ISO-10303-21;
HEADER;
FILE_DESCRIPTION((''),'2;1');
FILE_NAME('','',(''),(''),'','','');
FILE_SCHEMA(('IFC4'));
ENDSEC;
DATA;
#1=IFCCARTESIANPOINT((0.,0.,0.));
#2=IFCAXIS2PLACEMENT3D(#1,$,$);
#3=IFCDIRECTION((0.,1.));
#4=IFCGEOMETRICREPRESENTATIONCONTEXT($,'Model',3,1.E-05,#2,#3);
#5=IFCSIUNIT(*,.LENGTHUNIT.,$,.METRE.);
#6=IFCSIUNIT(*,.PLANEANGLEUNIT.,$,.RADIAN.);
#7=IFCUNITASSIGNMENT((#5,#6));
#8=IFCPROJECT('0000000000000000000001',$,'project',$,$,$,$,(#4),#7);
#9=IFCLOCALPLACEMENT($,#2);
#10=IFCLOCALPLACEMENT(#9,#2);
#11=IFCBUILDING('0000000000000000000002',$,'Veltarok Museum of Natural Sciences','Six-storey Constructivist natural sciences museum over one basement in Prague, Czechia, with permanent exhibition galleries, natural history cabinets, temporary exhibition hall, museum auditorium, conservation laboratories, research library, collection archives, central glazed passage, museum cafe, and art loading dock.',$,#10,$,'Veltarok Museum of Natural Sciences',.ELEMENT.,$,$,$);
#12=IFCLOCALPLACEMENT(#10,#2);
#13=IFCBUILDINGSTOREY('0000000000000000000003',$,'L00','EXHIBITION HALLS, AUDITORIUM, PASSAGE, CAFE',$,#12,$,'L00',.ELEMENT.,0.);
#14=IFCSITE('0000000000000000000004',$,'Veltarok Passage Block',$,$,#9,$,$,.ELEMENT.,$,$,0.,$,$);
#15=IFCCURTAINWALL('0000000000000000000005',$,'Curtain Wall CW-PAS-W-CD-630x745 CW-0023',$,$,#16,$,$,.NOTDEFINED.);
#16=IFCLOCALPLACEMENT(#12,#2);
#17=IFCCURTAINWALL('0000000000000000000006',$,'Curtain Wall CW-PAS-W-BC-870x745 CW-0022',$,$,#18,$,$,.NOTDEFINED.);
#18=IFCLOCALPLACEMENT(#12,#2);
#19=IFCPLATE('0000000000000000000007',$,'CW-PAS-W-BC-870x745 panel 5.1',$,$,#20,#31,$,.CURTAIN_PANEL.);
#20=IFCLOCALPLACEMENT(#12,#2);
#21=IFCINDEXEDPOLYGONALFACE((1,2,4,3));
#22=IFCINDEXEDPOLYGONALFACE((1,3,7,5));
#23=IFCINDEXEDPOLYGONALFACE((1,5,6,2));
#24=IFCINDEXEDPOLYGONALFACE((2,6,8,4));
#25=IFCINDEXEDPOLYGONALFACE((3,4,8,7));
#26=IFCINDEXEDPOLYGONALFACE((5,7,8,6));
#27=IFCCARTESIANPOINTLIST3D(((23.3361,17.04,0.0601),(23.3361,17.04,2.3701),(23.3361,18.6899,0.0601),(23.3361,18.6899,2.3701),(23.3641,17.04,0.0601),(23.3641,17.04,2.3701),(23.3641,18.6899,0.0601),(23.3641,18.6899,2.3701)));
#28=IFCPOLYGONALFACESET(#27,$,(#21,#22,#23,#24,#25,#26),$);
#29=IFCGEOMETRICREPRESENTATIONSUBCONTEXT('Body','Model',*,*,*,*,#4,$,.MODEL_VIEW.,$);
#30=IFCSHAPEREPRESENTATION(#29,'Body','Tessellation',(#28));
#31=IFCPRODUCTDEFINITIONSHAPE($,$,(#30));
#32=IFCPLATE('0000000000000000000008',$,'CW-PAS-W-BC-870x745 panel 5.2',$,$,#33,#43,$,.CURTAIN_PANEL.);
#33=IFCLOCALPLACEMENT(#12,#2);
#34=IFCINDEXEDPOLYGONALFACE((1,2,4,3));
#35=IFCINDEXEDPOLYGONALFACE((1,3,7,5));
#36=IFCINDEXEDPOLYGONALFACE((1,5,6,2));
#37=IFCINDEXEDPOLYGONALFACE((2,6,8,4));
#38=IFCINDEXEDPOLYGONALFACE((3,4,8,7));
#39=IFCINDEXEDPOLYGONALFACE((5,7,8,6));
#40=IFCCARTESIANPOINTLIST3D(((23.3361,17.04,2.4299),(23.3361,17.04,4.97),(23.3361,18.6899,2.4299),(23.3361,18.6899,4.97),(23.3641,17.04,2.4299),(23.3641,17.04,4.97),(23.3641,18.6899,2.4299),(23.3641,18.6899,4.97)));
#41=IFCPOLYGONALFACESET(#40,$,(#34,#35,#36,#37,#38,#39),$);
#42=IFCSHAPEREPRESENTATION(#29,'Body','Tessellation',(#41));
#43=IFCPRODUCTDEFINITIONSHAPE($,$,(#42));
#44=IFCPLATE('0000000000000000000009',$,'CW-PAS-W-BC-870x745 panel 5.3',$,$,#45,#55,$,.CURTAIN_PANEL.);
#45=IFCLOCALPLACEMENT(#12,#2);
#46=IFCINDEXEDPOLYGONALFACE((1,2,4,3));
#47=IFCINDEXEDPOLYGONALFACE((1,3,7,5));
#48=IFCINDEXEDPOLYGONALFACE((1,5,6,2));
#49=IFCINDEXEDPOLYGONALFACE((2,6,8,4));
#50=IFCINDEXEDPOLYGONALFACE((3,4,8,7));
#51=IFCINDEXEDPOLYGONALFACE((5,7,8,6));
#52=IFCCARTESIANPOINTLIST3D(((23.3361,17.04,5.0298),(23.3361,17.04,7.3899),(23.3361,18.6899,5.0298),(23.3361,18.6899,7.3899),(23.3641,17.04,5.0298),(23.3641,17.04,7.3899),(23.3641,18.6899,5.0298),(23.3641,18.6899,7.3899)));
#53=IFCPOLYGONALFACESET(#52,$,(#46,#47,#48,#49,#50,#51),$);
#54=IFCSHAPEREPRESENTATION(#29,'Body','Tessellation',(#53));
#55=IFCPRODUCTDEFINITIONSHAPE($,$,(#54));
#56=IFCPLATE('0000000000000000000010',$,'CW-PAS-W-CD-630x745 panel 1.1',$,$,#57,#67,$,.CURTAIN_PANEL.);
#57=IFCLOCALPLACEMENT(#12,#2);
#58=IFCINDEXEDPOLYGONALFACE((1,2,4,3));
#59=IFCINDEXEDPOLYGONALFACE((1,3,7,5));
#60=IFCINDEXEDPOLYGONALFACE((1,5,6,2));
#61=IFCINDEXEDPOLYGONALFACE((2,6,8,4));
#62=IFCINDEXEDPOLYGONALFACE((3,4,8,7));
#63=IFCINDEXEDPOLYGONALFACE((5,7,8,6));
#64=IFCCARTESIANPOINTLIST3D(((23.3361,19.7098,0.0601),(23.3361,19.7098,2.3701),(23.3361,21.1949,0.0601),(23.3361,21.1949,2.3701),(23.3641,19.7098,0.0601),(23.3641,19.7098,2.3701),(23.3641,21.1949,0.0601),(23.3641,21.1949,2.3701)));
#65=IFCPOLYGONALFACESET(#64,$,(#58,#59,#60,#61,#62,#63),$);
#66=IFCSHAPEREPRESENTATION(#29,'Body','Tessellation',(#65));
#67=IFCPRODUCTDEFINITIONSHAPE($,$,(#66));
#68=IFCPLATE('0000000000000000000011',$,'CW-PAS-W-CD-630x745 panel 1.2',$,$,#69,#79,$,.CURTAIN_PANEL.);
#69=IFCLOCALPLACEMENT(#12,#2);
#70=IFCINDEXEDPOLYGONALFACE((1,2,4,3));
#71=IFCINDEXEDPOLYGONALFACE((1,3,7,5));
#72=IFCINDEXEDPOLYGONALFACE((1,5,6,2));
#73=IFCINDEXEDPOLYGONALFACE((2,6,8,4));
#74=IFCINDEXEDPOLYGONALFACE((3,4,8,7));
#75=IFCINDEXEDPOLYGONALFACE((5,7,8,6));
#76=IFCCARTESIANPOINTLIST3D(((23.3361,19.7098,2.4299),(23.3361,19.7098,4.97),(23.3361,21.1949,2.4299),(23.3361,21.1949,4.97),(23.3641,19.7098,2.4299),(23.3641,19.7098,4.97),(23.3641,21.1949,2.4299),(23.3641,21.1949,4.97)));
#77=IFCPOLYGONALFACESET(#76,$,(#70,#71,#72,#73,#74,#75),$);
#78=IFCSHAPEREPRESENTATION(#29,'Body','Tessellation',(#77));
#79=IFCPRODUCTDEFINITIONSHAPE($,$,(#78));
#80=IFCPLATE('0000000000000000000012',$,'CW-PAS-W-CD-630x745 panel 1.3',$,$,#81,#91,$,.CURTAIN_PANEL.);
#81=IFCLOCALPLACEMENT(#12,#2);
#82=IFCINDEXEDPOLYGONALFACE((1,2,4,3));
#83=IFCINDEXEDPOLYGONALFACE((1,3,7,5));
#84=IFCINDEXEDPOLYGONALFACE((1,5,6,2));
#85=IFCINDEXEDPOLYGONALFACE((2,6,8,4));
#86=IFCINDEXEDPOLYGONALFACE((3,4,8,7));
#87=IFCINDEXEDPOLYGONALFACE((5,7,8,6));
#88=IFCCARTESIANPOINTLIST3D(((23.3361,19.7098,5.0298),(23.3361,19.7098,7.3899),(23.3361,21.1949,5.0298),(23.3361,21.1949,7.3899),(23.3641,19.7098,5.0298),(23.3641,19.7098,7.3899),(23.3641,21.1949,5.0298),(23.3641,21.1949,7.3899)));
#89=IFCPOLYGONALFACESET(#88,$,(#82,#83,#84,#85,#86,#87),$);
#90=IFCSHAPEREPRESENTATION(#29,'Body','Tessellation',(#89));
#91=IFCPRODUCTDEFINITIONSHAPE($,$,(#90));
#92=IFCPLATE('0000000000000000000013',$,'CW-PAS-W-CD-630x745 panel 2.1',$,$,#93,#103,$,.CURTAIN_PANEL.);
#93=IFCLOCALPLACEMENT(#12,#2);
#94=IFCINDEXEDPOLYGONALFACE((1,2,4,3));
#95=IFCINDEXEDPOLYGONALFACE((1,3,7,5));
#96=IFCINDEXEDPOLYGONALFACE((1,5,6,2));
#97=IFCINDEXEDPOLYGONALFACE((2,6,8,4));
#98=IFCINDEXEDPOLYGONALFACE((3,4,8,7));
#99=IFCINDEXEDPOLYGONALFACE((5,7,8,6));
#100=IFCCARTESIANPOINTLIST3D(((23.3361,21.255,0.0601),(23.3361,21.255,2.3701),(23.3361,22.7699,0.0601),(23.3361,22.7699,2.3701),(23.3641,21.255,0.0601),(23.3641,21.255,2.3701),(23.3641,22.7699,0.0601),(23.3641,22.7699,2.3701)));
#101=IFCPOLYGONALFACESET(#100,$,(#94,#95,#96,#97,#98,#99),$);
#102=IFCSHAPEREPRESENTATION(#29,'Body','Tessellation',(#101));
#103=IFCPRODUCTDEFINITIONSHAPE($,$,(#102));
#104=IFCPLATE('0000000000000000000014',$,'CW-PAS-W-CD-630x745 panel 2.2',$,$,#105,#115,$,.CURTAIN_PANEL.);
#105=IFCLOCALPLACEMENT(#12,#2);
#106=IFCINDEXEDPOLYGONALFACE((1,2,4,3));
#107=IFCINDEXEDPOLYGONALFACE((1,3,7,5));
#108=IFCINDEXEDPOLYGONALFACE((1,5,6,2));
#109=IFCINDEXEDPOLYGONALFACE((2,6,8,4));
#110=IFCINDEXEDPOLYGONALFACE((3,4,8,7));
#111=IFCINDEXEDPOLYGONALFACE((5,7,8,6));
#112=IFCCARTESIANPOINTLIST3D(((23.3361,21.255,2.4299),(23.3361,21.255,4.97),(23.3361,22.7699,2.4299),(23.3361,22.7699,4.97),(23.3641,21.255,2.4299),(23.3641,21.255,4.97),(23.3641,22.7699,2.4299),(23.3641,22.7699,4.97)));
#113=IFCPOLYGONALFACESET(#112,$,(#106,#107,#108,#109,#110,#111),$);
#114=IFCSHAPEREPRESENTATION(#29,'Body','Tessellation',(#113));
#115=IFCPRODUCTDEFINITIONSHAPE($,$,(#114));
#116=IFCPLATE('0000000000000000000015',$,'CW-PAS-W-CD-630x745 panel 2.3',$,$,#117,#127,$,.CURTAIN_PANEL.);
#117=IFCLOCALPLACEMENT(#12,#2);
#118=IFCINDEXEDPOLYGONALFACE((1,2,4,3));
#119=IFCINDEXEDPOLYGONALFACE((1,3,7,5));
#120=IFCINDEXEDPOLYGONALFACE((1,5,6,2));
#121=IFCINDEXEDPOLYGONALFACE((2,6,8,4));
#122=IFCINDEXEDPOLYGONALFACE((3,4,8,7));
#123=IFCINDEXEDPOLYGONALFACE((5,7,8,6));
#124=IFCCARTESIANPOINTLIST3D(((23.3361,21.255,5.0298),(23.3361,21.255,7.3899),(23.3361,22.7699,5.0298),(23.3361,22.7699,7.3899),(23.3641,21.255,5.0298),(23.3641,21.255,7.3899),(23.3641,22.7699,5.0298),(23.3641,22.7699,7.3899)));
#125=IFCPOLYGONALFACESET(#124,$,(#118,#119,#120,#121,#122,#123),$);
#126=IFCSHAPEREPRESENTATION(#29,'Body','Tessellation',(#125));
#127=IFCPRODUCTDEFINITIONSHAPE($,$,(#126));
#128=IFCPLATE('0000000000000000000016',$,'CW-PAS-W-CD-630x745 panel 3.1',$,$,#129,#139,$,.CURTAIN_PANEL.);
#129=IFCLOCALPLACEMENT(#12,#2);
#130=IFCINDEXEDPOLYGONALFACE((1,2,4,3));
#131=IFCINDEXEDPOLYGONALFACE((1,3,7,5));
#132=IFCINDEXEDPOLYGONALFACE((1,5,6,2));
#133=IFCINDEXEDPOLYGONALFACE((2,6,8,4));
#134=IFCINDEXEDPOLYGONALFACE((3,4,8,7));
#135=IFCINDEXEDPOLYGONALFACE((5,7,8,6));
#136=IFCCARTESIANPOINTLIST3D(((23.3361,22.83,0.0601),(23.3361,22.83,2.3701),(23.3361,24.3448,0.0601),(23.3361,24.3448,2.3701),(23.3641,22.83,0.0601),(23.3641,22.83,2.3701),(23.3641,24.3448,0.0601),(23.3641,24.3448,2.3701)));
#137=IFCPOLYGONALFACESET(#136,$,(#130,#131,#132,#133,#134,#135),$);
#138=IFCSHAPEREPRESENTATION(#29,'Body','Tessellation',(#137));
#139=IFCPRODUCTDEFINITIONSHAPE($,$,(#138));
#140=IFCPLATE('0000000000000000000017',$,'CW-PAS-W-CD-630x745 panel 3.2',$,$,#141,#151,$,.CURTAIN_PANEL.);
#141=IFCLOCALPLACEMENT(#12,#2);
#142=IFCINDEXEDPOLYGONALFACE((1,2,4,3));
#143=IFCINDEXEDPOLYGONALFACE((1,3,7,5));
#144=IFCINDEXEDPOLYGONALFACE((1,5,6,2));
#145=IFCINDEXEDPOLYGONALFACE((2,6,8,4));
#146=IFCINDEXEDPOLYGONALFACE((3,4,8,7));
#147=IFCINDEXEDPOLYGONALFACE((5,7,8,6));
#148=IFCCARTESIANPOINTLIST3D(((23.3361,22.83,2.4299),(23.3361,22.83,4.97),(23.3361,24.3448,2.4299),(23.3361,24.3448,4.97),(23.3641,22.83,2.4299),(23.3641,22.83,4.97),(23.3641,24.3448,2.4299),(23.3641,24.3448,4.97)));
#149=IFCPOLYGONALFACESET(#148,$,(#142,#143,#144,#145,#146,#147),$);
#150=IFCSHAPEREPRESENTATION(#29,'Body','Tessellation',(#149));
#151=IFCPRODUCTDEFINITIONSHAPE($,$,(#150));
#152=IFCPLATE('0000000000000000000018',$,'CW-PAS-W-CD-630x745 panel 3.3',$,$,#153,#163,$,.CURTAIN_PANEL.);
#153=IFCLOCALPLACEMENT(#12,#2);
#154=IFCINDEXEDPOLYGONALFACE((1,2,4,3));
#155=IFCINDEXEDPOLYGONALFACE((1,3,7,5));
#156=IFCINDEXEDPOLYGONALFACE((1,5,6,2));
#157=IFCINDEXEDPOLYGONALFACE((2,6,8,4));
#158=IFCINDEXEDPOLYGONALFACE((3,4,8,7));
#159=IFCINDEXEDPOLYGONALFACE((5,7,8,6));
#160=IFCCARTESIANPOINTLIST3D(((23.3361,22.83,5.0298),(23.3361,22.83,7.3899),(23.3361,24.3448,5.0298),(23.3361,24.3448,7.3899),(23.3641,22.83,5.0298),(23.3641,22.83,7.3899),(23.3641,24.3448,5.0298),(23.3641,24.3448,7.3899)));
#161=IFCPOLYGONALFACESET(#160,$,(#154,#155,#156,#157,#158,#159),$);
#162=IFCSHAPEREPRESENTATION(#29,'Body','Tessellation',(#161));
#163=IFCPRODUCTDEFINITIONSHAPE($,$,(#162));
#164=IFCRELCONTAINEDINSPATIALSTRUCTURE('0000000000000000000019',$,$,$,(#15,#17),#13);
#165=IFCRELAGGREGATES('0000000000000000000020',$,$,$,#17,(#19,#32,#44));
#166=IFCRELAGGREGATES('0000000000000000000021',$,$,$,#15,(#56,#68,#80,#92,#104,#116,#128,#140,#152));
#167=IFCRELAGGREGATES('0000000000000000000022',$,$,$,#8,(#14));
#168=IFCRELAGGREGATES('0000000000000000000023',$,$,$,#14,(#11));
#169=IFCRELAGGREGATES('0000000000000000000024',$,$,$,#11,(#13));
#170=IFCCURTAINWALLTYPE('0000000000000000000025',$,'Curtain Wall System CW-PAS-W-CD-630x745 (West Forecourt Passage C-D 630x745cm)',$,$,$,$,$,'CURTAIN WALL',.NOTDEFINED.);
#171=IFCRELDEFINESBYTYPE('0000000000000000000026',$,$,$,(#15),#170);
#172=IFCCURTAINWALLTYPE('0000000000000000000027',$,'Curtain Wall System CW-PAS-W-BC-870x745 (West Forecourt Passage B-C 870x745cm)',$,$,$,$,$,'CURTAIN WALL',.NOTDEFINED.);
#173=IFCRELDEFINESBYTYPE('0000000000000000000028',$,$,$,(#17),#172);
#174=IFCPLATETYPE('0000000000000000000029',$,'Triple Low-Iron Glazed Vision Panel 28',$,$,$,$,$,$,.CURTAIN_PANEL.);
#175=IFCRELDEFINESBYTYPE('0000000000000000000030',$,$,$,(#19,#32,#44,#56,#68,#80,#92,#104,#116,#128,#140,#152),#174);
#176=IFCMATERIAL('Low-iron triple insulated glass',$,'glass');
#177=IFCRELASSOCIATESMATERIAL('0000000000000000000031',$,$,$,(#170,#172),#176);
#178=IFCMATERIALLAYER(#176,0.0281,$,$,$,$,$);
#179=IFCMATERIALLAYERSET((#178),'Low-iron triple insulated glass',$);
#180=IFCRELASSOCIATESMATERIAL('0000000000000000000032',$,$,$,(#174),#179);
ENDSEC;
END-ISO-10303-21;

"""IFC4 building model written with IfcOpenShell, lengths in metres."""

from ifc_helpers import new_model, si_unit, direction, frame, origin, origin_2d, place, context, subcontext, project, spatial, rectangle, extrude, material, layer, layer_set, type_object, element, aggregate, save


model = new_model("IFC4")

# Units and contexts
model_context = context("Model", 3, precision=1e-05, world=origin(), true_north=direction((0.0, 1.0)))
body_context = subcontext(model_context, "Body", "Model", "MODEL_VIEW")
ifc_project = project(units=[si_unit("LENGTHUNIT", "METRE"), si_unit("PLANEANGLEUNIT", "RADIAN")], contexts=[model_context])

# Site, building, storey
site_placement = place(None, origin())
site = spatial("IfcSite", under=ifc_project, at=site_placement, Name="Veltarok Passage Block", CompositionType="ELEMENT", RefElevation=0.0)
building_placement = place(site_placement, origin())
building = spatial("IfcBuilding", under=site, at=building_placement, Name="Veltarok Museum of Natural Sciences", Description="Six-storey Constructivist natural sciences museum over one basement in Prague, Czechia, with permanent exhibition galleries, natural history cabinets, temporary exhibition hall, museum auditorium, conservation laboratories, research library, collection archives, central glazed passage, museum cafe, and art loading dock.", LongName="Veltarok Museum of Natural Sciences", CompositionType="ELEMENT")
storey_placement = place(building_placement, origin())
storey = spatial("IfcBuildingStorey", under=building, at=storey_placement, Name="L00", Description="EXHIBITION HALLS, AUDITORIUM, PASSAGE, CAFE", LongName="L00", CompositionType="ELEMENT", Elevation=0.0)

# Curtain wall
ifc_material_1 = material(Name="Low-iron triple insulated glass", Category="glass")
curtain_wall_type_1 = type_object("IfcCurtainWallType", Name="Curtain Wall System CW-PAS-W-CD-630x745 (West Forecourt Passage C-D 630x745cm)", ElementType="CURTAIN WALL", PredefinedType="NOTDEFINED", material=ifc_material_1)
curtain_wall_1_placement = place(storey_placement, origin())
curtain_wall_1 = element("IfcCurtainWall", 1, at=curtain_wall_1_placement, inside=storey, type_object=curtain_wall_type_1, Name="Curtain Wall CW-PAS-W-CD-630x745 CW-0023", PredefinedType="NOTDEFINED")

# Curtain wall
curtain_wall_type_2 = type_object("IfcCurtainWallType", Name="Curtain Wall System CW-PAS-W-BC-870x745 (West Forecourt Passage B-C 870x745cm)", ElementType="CURTAIN WALL", PredefinedType="NOTDEFINED", material=ifc_material_1)
curtain_wall_2_placement = place(storey_placement, origin())
curtain_wall_2 = element("IfcCurtainWall", 2, at=curtain_wall_2_placement, inside=storey, type_object=curtain_wall_type_2, Name="Curtain Wall CW-PAS-W-BC-870x745 CW-0022", PredefinedType="NOTDEFINED")

# Plates
ifc_layer = layer(ifc_material_1, 0.0281)
ifc_layer_set = layer_set([ifc_layer], Name="Low-iron triple insulated glass")
plate_type = type_object("IfcPlateType", Name="Triple Low-Iron Glazed Vision Panel 28", PredefinedType="CURTAIN_PANEL", material=ifc_layer_set)
plate_1_placement = place(storey_placement, frame((23.3501, 17.865, 0.0601), z_axis=(0.0, 0.0, 1.0), x_axis=(0.0, 1.0, 0.0)))
plate_1 = element("IfcPlate", 3, at=plate_1_placement, type_object=plate_type, Name="CW-PAS-W-BC-870x745 panel 5.1", PredefinedType="CURTAIN_PANEL", context=body_context, shape_type="SweptSolid", body=[
    extrude(rectangle(XDim=1.6499, YDim=0.0281, at=origin_2d()), origin(), (0.0, 0.0, 1.0), 2.3101),
])
plate_2_placement = place(storey_placement, frame((23.3501, 17.865, 2.4299), z_axis=(0.0, 0.0, 1.0), x_axis=(0.0, 1.0, 0.0)))
plate_2 = element("IfcPlate", 4, at=plate_2_placement, type_object=plate_type, Name="CW-PAS-W-BC-870x745 panel 5.2", PredefinedType="CURTAIN_PANEL", context=body_context, shape_type="SweptSolid", body=[
    extrude(rectangle(XDim=1.6499, YDim=0.0281, at=origin_2d()), origin(), (0.0, 0.0, 1.0), 2.54),
])
plate_3_placement = place(storey_placement, frame((23.3501, 17.865, 5.0298), z_axis=(0.0, 0.0, 1.0), x_axis=(0.0, 1.0, 0.0)))
plate_3 = element("IfcPlate", 5, at=plate_3_placement, type_object=plate_type, Name="CW-PAS-W-BC-870x745 panel 5.3", PredefinedType="CURTAIN_PANEL", context=body_context, shape_type="SweptSolid", body=[
    extrude(rectangle(XDim=1.6499, YDim=0.0281, at=origin_2d()), origin(), (0.0, 0.0, 1.0), 2.3601),
])
aggregate(curtain_wall_2, [plate_1, plate_2, plate_3])
plate_4_placement = place(storey_placement, frame((23.3501, 20.4524, 0.0601), z_axis=(0.0, 0.0, 1.0), x_axis=(0.0, 1.0, 0.0)))
plate_4 = element("IfcPlate", 6, at=plate_4_placement, type_object=plate_type, Name="CW-PAS-W-CD-630x745 panel 1.1", PredefinedType="CURTAIN_PANEL", context=body_context, shape_type="SweptSolid", body=[
    extrude(rectangle(XDim=1.4851, YDim=0.0281, at=origin_2d()), origin(), (0.0, 0.0, 1.0), 2.3101),
])
plate_5_placement = place(storey_placement, frame((23.3501, 20.4524, 2.4299), z_axis=(0.0, 0.0, 1.0), x_axis=(0.0, 1.0, 0.0)))
plate_5 = element("IfcPlate", 7, at=plate_5_placement, type_object=plate_type, Name="CW-PAS-W-CD-630x745 panel 1.2", PredefinedType="CURTAIN_PANEL", context=body_context, shape_type="SweptSolid", body=[
    extrude(rectangle(XDim=1.4851, YDim=0.0281, at=origin_2d()), origin(), (0.0, 0.0, 1.0), 2.54),
])
plate_6_placement = place(storey_placement, frame((23.3501, 20.4524, 5.0298), z_axis=(0.0, 0.0, 1.0), x_axis=(0.0, 1.0, 0.0)))
plate_6 = element("IfcPlate", 8, at=plate_6_placement, type_object=plate_type, Name="CW-PAS-W-CD-630x745 panel 1.3", PredefinedType="CURTAIN_PANEL", context=body_context, shape_type="SweptSolid", body=[
    extrude(rectangle(XDim=1.4851, YDim=0.0281, at=origin_2d()), origin(), (0.0, 0.0, 1.0), 2.3601),
])
plate_7_placement = place(storey_placement, frame((23.3501, 22.0125, 0.0601), z_axis=(0.0, 0.0, 1.0), x_axis=(0.0, 1.0, 0.0)))
plate_7 = element("IfcPlate", 9, at=plate_7_placement, type_object=plate_type, Name="CW-PAS-W-CD-630x745 panel 2.1", PredefinedType="CURTAIN_PANEL", context=body_context, shape_type="SweptSolid", body=[
    extrude(rectangle(XDim=1.5149, YDim=0.0281, at=origin_2d()), origin(), (0.0, 0.0, 1.0), 2.3101),
])
plate_8_placement = place(storey_placement, frame((23.3501, 22.0125, 2.4299), z_axis=(0.0, 0.0, 1.0), x_axis=(0.0, 1.0, 0.0)))
plate_8 = element("IfcPlate", 10, at=plate_8_placement, type_object=plate_type, Name="CW-PAS-W-CD-630x745 panel 2.2", PredefinedType="CURTAIN_PANEL", context=body_context, shape_type="SweptSolid", body=[
    extrude(rectangle(XDim=1.5149, YDim=0.0281, at=origin_2d()), origin(), (0.0, 0.0, 1.0), 2.54),
])
plate_9_placement = place(storey_placement, frame((23.3501, 22.0125, 5.0298), z_axis=(0.0, 0.0, 1.0), x_axis=(0.0, 1.0, 0.0)))
plate_9 = element("IfcPlate", 11, at=plate_9_placement, type_object=plate_type, Name="CW-PAS-W-CD-630x745 panel 2.3", PredefinedType="CURTAIN_PANEL", context=body_context, shape_type="SweptSolid", body=[
    extrude(rectangle(XDim=1.5149, YDim=0.0281, at=origin_2d()), origin(), (0.0, 0.0, 1.0), 2.3601),
])
plate_10_placement = place(storey_placement, frame((23.3501, 23.5874, 0.0601), z_axis=(0.0, 0.0, 1.0), x_axis=(0.0, 1.0, 0.0)))
plate_10 = element("IfcPlate", 12, at=plate_10_placement, type_object=plate_type, Name="CW-PAS-W-CD-630x745 panel 3.1", PredefinedType="CURTAIN_PANEL", context=body_context, shape_type="SweptSolid", body=[
    extrude(rectangle(XDim=1.5149, YDim=0.0281, at=origin_2d()), origin(), (0.0, 0.0, 1.0), 2.3101),
])
plate_11_placement = place(storey_placement, frame((23.3501, 23.5874, 2.4299), z_axis=(0.0, 0.0, 1.0), x_axis=(0.0, 1.0, 0.0)))
plate_11 = element("IfcPlate", 13, at=plate_11_placement, type_object=plate_type, Name="CW-PAS-W-CD-630x745 panel 3.2", PredefinedType="CURTAIN_PANEL", context=body_context, shape_type="SweptSolid", body=[
    extrude(rectangle(XDim=1.5149, YDim=0.0281, at=origin_2d()), origin(), (0.0, 0.0, 1.0), 2.54),
])
plate_12_placement = place(storey_placement, frame((23.3501, 23.5874, 5.0298), z_axis=(0.0, 0.0, 1.0), x_axis=(0.0, 1.0, 0.0)))
plate_12 = element("IfcPlate", 14, at=plate_12_placement, type_object=plate_type, Name="CW-PAS-W-CD-630x745 panel 3.3", PredefinedType="CURTAIN_PANEL", context=body_context, shape_type="SweptSolid", body=[
    extrude(rectangle(XDim=1.5149, YDim=0.0281, at=origin_2d()), origin(), (0.0, 0.0, 1.0), 2.3601),
])
aggregate(curtain_wall_1, [plate_4, plate_5, plate_6, plate_7, plate_8, plate_9, plate_10, plate_11, plate_12])

save(model, "model.ifc")
